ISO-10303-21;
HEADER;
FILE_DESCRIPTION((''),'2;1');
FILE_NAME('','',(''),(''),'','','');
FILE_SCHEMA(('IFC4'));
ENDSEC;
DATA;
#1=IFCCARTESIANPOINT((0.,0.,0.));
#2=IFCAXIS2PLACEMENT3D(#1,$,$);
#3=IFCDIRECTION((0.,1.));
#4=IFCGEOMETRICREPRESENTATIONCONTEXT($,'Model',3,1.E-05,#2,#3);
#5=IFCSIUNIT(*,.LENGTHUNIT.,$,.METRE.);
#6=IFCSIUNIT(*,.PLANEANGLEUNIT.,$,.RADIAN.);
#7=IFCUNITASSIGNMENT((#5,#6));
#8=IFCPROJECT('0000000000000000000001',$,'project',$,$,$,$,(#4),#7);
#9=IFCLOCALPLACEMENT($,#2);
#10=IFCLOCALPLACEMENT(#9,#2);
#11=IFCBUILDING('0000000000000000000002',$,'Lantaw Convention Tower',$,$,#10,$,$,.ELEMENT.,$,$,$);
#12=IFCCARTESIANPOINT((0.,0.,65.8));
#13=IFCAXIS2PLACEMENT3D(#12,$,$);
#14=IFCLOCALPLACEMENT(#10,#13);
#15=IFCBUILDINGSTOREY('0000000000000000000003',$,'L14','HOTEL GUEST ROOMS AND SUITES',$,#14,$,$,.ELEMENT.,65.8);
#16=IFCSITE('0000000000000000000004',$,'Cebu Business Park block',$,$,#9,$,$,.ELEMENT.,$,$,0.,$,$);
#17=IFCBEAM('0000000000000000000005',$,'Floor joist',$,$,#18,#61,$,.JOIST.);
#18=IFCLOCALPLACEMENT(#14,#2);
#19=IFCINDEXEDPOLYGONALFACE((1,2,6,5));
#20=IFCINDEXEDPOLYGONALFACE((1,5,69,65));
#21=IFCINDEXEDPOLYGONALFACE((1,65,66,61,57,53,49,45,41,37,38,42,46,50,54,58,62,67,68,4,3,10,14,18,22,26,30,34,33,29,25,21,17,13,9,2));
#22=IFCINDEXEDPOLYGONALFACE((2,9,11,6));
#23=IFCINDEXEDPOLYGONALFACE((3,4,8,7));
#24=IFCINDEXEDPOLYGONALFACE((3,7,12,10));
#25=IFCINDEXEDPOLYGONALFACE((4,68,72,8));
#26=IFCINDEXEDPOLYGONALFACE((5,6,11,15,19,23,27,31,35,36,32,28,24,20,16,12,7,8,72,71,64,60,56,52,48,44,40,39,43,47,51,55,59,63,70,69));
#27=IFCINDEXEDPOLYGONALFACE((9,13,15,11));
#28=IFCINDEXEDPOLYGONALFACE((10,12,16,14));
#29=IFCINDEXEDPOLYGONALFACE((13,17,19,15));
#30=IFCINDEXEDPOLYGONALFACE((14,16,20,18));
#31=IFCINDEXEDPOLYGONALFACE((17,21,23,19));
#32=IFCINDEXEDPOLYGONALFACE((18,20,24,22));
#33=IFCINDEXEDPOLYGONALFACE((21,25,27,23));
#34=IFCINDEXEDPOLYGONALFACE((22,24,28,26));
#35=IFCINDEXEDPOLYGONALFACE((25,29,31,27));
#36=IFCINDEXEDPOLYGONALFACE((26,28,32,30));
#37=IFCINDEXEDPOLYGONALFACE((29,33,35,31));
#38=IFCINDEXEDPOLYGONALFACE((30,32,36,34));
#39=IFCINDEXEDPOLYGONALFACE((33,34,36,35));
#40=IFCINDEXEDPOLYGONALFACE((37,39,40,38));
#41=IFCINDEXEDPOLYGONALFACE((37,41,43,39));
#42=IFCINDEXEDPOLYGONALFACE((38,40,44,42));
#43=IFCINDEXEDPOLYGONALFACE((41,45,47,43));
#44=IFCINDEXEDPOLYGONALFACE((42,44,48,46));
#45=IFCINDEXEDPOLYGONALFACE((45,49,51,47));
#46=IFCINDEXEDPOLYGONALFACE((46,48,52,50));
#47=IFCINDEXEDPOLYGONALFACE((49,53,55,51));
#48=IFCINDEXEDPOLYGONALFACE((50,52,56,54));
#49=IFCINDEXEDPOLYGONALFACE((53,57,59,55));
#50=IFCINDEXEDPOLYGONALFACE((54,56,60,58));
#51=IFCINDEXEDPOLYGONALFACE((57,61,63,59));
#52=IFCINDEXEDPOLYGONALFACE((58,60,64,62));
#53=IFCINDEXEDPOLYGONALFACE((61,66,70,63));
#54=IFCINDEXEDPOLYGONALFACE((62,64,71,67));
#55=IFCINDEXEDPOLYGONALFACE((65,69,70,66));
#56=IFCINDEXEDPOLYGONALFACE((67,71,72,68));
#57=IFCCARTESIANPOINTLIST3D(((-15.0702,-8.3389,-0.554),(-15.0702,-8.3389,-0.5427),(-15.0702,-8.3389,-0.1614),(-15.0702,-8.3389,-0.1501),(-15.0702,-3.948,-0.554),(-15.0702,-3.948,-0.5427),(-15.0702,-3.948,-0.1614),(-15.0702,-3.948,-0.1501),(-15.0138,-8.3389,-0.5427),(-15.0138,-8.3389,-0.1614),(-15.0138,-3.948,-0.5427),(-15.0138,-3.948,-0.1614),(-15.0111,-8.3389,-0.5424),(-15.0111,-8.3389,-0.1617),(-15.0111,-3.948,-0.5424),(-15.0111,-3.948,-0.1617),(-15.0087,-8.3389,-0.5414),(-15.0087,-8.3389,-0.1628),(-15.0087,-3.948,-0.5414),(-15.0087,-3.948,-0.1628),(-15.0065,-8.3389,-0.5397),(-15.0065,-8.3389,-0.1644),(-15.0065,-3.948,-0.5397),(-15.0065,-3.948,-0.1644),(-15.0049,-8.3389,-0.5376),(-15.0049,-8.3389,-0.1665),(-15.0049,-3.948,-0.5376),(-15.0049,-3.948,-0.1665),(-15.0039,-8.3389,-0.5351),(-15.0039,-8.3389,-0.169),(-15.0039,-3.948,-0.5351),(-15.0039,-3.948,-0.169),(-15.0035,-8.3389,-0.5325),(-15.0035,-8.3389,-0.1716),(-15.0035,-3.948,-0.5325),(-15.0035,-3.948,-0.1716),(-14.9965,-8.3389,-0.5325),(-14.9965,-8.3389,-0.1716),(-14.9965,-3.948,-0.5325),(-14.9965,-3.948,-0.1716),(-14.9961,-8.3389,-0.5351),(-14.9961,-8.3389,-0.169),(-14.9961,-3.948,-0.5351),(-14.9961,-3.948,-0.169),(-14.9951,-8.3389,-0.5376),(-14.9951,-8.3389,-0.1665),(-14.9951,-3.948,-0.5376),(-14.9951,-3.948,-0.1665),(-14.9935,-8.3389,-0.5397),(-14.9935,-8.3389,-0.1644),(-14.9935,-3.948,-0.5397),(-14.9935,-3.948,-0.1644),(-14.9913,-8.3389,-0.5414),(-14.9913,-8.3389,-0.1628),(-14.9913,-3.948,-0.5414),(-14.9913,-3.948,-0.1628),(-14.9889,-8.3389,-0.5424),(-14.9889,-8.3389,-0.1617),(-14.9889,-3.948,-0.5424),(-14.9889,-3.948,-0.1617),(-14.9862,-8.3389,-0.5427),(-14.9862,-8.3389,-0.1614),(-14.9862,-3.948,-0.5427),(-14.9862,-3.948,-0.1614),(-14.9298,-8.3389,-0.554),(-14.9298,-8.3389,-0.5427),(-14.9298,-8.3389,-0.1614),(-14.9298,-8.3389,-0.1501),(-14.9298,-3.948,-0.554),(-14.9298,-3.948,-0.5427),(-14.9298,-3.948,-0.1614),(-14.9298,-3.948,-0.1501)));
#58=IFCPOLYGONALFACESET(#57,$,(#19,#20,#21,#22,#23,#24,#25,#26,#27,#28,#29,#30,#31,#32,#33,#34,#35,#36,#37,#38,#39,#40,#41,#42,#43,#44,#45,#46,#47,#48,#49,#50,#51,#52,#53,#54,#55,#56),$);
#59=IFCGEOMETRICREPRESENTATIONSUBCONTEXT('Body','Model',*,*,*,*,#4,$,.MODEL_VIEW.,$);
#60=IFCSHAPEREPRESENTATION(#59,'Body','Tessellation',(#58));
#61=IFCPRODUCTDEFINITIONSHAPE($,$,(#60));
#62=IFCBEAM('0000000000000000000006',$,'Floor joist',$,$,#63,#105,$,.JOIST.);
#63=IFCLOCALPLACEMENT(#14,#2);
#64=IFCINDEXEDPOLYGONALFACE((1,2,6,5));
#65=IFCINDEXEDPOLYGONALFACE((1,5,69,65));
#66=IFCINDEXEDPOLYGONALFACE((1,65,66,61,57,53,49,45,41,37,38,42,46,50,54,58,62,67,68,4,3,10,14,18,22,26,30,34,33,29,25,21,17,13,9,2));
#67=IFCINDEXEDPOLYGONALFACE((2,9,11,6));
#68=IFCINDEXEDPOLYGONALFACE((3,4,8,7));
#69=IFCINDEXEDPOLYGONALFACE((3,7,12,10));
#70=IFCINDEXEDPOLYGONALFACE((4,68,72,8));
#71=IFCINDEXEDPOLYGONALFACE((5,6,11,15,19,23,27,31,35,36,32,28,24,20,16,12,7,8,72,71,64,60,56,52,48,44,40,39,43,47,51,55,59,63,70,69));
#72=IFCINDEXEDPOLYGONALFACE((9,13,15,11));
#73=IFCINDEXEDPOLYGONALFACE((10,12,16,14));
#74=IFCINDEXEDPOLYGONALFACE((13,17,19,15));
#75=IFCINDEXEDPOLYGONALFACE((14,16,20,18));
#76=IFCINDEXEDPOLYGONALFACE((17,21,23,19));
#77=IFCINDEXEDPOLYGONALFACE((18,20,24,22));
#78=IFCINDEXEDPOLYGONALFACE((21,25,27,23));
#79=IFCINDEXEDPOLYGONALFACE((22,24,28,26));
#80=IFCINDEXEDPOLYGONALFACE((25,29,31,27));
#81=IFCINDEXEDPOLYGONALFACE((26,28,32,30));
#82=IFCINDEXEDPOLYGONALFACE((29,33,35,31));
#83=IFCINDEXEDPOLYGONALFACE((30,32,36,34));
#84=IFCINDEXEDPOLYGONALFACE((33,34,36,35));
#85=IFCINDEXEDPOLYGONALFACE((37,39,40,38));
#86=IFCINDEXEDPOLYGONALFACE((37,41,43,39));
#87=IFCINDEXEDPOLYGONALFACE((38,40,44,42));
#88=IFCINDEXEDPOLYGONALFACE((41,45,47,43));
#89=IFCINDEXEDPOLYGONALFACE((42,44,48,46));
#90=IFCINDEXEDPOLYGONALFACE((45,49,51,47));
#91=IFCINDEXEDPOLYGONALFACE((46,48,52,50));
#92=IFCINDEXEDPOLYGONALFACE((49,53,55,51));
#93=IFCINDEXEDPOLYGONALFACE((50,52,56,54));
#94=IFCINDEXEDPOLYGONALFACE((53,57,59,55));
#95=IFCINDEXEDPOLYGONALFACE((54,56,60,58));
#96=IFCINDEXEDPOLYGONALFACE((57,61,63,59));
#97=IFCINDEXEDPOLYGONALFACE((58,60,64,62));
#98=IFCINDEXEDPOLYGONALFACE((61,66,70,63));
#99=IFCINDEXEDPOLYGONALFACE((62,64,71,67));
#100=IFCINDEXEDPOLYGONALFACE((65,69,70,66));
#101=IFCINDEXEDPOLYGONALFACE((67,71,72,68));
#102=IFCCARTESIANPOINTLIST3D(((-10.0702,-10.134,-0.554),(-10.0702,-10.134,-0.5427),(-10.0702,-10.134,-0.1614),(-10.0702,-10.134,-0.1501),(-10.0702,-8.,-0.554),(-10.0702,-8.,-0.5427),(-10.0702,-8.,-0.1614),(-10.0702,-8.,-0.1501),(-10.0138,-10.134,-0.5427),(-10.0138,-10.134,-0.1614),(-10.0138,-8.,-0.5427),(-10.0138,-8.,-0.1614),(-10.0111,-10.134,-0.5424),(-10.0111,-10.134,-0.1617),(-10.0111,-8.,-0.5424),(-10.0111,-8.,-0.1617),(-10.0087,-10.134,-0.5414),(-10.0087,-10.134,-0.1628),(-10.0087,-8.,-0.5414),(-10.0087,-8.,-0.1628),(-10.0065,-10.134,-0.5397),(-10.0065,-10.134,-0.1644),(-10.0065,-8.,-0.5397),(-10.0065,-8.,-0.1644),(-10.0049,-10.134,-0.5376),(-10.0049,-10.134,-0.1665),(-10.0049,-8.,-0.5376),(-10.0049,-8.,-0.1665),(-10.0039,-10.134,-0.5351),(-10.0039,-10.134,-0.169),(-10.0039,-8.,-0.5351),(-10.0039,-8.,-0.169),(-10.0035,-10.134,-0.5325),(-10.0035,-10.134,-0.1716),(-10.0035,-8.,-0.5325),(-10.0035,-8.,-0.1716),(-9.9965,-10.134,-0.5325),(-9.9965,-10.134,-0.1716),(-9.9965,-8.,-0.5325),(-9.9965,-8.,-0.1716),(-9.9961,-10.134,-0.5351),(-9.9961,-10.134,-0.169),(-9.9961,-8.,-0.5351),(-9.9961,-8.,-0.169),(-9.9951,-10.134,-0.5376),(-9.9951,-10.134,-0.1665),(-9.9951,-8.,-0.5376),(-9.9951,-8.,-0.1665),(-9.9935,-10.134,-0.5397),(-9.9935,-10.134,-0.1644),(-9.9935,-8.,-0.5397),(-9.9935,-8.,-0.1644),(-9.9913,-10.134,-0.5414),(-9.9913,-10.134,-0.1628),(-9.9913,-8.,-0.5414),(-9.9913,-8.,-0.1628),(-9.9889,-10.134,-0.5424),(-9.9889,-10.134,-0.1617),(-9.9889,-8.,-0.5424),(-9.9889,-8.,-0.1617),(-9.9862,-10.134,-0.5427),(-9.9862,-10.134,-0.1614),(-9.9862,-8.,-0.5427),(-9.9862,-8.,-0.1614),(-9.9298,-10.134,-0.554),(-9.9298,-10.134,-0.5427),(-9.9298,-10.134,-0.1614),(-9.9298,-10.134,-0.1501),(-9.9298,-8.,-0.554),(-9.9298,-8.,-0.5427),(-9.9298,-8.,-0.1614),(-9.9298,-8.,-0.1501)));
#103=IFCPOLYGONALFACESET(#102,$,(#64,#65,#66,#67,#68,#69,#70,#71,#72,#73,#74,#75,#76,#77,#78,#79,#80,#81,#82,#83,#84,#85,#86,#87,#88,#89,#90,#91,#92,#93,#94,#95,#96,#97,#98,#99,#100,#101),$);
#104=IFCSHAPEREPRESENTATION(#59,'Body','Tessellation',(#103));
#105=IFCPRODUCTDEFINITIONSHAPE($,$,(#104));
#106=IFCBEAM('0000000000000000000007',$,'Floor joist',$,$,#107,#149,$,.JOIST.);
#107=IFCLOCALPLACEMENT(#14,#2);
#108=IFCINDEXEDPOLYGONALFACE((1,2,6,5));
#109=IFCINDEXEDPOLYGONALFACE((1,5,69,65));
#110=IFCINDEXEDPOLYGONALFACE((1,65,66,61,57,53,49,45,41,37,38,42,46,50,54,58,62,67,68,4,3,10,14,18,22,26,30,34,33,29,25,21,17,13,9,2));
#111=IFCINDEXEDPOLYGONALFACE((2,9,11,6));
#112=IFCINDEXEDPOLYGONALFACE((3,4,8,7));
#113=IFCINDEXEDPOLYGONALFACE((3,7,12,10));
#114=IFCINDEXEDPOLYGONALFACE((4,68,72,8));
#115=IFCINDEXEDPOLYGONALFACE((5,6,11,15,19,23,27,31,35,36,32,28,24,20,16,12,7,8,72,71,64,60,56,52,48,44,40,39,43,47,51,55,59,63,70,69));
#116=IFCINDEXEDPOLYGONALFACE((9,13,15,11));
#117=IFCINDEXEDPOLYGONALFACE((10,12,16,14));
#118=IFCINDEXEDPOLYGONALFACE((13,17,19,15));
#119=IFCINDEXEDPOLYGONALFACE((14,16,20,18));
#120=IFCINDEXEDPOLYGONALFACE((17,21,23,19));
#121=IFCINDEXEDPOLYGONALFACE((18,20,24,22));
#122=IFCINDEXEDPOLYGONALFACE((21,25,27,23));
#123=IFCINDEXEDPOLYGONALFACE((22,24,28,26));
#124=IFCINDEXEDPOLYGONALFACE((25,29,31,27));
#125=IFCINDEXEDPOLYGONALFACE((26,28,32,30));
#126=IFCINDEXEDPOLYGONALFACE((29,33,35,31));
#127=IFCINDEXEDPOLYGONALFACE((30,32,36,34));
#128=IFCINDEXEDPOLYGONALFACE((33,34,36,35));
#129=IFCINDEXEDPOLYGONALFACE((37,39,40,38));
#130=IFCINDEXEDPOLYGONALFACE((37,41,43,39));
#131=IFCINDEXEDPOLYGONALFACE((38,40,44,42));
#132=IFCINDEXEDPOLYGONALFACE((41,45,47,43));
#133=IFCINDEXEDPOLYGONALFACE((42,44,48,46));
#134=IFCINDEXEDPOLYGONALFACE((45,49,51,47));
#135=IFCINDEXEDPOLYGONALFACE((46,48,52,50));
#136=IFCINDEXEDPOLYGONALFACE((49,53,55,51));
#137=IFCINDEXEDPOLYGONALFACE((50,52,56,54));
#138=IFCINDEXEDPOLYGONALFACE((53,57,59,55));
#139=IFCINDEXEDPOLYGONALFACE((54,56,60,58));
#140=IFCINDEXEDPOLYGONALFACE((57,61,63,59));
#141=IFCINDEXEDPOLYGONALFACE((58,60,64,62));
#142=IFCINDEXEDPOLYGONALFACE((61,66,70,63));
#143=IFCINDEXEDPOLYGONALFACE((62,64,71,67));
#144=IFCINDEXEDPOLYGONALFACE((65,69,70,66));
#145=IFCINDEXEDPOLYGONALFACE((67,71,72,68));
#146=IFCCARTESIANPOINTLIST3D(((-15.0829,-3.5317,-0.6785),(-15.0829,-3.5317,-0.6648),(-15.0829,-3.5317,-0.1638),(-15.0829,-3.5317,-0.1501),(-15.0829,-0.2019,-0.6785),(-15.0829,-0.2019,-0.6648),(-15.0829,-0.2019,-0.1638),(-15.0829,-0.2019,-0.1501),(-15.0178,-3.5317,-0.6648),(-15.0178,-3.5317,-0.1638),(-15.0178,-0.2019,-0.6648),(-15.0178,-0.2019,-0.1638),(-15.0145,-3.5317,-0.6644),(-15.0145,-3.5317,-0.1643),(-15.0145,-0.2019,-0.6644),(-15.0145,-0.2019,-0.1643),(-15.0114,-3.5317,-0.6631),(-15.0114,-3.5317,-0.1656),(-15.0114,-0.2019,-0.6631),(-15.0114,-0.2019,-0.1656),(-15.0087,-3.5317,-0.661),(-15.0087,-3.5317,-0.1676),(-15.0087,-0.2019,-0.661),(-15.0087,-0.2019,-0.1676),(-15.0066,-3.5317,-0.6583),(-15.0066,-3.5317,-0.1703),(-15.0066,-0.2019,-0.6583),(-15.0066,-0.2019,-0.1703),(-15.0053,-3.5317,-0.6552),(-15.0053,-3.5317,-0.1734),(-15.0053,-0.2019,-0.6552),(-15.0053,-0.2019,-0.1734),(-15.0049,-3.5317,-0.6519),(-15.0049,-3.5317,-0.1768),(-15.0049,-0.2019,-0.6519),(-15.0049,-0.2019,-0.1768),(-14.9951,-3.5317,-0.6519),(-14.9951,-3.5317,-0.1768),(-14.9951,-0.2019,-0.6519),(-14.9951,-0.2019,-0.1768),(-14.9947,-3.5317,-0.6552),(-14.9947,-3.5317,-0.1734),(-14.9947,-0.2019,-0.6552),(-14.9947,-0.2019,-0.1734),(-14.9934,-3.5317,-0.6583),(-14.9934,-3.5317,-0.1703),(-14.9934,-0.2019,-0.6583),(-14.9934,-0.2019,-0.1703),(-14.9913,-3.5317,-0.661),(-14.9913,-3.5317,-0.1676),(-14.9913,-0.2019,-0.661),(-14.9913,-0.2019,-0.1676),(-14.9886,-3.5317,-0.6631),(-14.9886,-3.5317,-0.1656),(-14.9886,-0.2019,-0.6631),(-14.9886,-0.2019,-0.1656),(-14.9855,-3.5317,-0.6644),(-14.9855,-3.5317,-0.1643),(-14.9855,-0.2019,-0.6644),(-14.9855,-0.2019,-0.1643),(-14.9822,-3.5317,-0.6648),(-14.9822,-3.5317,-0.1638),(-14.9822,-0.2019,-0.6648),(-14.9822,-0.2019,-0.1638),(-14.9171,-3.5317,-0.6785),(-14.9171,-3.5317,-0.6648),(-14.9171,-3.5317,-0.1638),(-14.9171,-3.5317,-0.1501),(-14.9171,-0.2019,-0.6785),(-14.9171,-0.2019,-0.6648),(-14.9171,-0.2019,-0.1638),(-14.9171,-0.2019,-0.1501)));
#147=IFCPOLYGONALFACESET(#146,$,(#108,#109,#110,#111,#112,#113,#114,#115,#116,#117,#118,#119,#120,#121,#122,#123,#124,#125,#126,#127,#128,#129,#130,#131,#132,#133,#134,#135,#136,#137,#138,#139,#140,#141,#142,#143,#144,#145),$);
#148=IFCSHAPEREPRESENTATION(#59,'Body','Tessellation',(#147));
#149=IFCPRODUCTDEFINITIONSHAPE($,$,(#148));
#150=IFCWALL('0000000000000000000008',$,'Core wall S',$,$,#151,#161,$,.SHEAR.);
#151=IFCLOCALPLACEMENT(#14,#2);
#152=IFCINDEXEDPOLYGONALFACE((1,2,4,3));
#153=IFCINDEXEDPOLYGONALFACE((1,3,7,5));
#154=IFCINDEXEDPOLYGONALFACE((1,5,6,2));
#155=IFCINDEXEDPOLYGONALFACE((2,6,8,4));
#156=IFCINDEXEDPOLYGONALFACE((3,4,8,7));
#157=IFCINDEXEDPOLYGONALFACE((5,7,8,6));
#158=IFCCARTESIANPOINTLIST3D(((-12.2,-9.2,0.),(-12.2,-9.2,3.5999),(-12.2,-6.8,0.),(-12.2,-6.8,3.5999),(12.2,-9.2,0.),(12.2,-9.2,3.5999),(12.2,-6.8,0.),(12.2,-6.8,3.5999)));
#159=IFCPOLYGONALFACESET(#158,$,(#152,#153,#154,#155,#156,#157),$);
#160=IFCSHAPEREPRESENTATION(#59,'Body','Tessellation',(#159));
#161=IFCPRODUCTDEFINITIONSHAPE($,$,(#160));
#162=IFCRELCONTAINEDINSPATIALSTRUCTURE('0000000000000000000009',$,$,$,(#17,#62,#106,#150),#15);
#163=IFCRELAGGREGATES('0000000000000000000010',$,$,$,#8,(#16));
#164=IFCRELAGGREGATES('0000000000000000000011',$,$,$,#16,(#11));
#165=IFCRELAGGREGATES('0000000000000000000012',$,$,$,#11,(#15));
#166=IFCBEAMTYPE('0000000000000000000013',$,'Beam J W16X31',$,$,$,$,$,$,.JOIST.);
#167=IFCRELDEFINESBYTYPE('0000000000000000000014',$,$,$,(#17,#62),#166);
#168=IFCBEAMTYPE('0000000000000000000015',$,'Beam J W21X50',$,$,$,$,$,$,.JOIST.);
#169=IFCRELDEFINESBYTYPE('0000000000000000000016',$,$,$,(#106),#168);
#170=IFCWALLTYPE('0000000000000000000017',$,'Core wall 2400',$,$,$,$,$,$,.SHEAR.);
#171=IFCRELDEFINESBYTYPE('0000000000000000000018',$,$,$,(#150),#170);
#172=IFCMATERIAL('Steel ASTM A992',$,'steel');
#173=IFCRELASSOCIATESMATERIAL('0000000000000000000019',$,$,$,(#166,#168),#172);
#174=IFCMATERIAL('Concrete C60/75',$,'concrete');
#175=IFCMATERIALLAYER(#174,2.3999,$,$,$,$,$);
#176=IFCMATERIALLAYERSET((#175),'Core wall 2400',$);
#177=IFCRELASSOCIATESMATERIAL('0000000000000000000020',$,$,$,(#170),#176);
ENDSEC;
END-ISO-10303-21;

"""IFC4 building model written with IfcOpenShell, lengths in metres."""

from ifc_helpers import new_model, si_unit, direction, frame, frame_2d, origin, origin_2d, place, context, subcontext, project, spatial, rectangle, i_section, extrude, material, layer, layer_set, material_profile, profile_set, type_object, element, save


model = new_model("IFC4")

# Units and contexts
model_context = context("Model", 3, precision=1e-05, world=origin(), true_north=direction((0.0, 1.0)))
body_context = subcontext(model_context, "Body", "Model", "MODEL_VIEW")
ifc_project = project(units=[si_unit("LENGTHUNIT", "METRE"), si_unit("PLANEANGLEUNIT", "RADIAN")], contexts=[model_context])

# Site, building, storey
site_placement = place(None, origin())
site = spatial("IfcSite", under=ifc_project, at=site_placement, Name="Cebu Business Park block", CompositionType="ELEMENT", RefElevation=0.0)
building_placement = place(site_placement, origin())
building = spatial("IfcBuilding", under=site, at=building_placement, Name="Lantaw Convention Tower", CompositionType="ELEMENT")
storey_placement = place(building_placement, frame((0.0, 0.0, 65.8)))
storey = spatial("IfcBuildingStorey", under=building, at=storey_placement, Name="L14", Description="HOTEL GUEST ROOMS AND SUITES", CompositionType="ELEMENT", Elevation=65.8)

# Beams
ifc_material_1 = material(Name="Steel ASTM A992", Category="steel")
ifc_material_profile_1 = material_profile(ifc_material_1, i_section(OverallWidth=0.1404, OverallDepth=0.4038, WebThickness=0.0071, FlangeThickness=0.0112, FilletRadius=0.0103, at=origin_2d()), Name="W16X31")
ifc_profile_set_1 = profile_set([ifc_material_profile_1], Name="Steel ASTM A992")
beam_type_1 = type_object("IfcBeamType", Name="Beam J W16X31", PredefinedType="JOIST", material=ifc_profile_set_1)
beam_1_placement = place(storey_placement, frame((-15.0, -8.3389, -0.3521), z_axis=(0.0, 1.0, 0.0), x_axis=(-1.0, 0.0, 0.0)))
element("IfcBeam", 1, at=beam_1_placement, inside=storey, type_object=beam_type_1, Name="Floor joist", PredefinedType="JOIST", context=body_context, shape_type="SweptSolid", body=[
    extrude(i_section(OverallWidth=0.1404, OverallDepth=0.4038, WebThickness=0.0071, FlangeThickness=0.0112, FilletRadius=0.0103, at=origin_2d()), origin(), (0.0, 0.0, 1.0), 4.3909),
])
beam_2_placement = place(storey_placement, frame((-10.0, -10.134, -0.3521), z_axis=(0.0, 1.0, 0.0), x_axis=(-1.0, 0.0, 0.0)))
element("IfcBeam", 2, at=beam_2_placement, inside=storey, type_object=beam_type_1, Name="Floor joist", PredefinedType="JOIST", context=body_context, shape_type="SweptSolid", body=[
    extrude(i_section(OverallWidth=0.1404, OverallDepth=0.4038, WebThickness=0.0071, FlangeThickness=0.0112, FilletRadius=0.0103, at=origin_2d()), origin(), (0.0, 0.0, 1.0), 2.134),
])
ifc_material_profile_2 = material_profile(ifc_material_1, i_section(OverallWidth=0.1658, OverallDepth=0.5283, WebThickness=0.0098, FlangeThickness=0.0137, FilletRadius=0.0129, at=origin_2d()), Name="W21X50")
ifc_profile_set_2 = profile_set([ifc_material_profile_2], Name="Steel ASTM A992")
beam_type_2 = type_object("IfcBeamType", Name="Beam J W21X50", PredefinedType="JOIST", material=ifc_profile_set_2)
beam_3_placement = place(storey_placement, frame((-15.0, -3.5317, -0.4143), z_axis=(0.0, 1.0, 0.0), x_axis=(-1.0, 0.0, 0.0)))
element("IfcBeam", 3, at=beam_3_placement, inside=storey, type_object=beam_type_2, Name="Floor joist", PredefinedType="JOIST", context=body_context, shape_type="SweptSolid", body=[
    extrude(i_section(OverallWidth=0.1658, OverallDepth=0.5283, WebThickness=0.0098, FlangeThickness=0.0137, FilletRadius=0.0129, at=origin_2d()), origin(), (0.0, 0.0, 1.0), 3.3298),
])

# Wall
ifc_material_2 = material(Name="Concrete C60/75", Category="concrete")
ifc_layer_1 = layer(ifc_material_2, 2.3999)
ifc_layer_set_1 = layer_set([ifc_layer_1], Name="Core wall 2400")
wall_type_1 = type_object("IfcWallType", Name="Core wall 2400", PredefinedType="SHEAR", material=ifc_layer_set_1)
wall_1_placement = place(storey_placement, frame((-12.2, -8.0, 0.0), z_axis=(0.0, 0.0, 1.0), x_axis=(1.0, 0.0, 0.0)))
element("IfcWall", 4, at=wall_1_placement, inside=storey, type_object=wall_type_1, Name="Core wall S", PredefinedType="SHEAR", context=body_context, shape_type="SweptSolid", body=[
    extrude(rectangle(XDim=24.3999, YDim=2.3999, at=frame_2d((12.2, 0.0))), origin(), (0.0, 0.0, 1.0), 3.5999),
])

save(model, "model.ifc")
